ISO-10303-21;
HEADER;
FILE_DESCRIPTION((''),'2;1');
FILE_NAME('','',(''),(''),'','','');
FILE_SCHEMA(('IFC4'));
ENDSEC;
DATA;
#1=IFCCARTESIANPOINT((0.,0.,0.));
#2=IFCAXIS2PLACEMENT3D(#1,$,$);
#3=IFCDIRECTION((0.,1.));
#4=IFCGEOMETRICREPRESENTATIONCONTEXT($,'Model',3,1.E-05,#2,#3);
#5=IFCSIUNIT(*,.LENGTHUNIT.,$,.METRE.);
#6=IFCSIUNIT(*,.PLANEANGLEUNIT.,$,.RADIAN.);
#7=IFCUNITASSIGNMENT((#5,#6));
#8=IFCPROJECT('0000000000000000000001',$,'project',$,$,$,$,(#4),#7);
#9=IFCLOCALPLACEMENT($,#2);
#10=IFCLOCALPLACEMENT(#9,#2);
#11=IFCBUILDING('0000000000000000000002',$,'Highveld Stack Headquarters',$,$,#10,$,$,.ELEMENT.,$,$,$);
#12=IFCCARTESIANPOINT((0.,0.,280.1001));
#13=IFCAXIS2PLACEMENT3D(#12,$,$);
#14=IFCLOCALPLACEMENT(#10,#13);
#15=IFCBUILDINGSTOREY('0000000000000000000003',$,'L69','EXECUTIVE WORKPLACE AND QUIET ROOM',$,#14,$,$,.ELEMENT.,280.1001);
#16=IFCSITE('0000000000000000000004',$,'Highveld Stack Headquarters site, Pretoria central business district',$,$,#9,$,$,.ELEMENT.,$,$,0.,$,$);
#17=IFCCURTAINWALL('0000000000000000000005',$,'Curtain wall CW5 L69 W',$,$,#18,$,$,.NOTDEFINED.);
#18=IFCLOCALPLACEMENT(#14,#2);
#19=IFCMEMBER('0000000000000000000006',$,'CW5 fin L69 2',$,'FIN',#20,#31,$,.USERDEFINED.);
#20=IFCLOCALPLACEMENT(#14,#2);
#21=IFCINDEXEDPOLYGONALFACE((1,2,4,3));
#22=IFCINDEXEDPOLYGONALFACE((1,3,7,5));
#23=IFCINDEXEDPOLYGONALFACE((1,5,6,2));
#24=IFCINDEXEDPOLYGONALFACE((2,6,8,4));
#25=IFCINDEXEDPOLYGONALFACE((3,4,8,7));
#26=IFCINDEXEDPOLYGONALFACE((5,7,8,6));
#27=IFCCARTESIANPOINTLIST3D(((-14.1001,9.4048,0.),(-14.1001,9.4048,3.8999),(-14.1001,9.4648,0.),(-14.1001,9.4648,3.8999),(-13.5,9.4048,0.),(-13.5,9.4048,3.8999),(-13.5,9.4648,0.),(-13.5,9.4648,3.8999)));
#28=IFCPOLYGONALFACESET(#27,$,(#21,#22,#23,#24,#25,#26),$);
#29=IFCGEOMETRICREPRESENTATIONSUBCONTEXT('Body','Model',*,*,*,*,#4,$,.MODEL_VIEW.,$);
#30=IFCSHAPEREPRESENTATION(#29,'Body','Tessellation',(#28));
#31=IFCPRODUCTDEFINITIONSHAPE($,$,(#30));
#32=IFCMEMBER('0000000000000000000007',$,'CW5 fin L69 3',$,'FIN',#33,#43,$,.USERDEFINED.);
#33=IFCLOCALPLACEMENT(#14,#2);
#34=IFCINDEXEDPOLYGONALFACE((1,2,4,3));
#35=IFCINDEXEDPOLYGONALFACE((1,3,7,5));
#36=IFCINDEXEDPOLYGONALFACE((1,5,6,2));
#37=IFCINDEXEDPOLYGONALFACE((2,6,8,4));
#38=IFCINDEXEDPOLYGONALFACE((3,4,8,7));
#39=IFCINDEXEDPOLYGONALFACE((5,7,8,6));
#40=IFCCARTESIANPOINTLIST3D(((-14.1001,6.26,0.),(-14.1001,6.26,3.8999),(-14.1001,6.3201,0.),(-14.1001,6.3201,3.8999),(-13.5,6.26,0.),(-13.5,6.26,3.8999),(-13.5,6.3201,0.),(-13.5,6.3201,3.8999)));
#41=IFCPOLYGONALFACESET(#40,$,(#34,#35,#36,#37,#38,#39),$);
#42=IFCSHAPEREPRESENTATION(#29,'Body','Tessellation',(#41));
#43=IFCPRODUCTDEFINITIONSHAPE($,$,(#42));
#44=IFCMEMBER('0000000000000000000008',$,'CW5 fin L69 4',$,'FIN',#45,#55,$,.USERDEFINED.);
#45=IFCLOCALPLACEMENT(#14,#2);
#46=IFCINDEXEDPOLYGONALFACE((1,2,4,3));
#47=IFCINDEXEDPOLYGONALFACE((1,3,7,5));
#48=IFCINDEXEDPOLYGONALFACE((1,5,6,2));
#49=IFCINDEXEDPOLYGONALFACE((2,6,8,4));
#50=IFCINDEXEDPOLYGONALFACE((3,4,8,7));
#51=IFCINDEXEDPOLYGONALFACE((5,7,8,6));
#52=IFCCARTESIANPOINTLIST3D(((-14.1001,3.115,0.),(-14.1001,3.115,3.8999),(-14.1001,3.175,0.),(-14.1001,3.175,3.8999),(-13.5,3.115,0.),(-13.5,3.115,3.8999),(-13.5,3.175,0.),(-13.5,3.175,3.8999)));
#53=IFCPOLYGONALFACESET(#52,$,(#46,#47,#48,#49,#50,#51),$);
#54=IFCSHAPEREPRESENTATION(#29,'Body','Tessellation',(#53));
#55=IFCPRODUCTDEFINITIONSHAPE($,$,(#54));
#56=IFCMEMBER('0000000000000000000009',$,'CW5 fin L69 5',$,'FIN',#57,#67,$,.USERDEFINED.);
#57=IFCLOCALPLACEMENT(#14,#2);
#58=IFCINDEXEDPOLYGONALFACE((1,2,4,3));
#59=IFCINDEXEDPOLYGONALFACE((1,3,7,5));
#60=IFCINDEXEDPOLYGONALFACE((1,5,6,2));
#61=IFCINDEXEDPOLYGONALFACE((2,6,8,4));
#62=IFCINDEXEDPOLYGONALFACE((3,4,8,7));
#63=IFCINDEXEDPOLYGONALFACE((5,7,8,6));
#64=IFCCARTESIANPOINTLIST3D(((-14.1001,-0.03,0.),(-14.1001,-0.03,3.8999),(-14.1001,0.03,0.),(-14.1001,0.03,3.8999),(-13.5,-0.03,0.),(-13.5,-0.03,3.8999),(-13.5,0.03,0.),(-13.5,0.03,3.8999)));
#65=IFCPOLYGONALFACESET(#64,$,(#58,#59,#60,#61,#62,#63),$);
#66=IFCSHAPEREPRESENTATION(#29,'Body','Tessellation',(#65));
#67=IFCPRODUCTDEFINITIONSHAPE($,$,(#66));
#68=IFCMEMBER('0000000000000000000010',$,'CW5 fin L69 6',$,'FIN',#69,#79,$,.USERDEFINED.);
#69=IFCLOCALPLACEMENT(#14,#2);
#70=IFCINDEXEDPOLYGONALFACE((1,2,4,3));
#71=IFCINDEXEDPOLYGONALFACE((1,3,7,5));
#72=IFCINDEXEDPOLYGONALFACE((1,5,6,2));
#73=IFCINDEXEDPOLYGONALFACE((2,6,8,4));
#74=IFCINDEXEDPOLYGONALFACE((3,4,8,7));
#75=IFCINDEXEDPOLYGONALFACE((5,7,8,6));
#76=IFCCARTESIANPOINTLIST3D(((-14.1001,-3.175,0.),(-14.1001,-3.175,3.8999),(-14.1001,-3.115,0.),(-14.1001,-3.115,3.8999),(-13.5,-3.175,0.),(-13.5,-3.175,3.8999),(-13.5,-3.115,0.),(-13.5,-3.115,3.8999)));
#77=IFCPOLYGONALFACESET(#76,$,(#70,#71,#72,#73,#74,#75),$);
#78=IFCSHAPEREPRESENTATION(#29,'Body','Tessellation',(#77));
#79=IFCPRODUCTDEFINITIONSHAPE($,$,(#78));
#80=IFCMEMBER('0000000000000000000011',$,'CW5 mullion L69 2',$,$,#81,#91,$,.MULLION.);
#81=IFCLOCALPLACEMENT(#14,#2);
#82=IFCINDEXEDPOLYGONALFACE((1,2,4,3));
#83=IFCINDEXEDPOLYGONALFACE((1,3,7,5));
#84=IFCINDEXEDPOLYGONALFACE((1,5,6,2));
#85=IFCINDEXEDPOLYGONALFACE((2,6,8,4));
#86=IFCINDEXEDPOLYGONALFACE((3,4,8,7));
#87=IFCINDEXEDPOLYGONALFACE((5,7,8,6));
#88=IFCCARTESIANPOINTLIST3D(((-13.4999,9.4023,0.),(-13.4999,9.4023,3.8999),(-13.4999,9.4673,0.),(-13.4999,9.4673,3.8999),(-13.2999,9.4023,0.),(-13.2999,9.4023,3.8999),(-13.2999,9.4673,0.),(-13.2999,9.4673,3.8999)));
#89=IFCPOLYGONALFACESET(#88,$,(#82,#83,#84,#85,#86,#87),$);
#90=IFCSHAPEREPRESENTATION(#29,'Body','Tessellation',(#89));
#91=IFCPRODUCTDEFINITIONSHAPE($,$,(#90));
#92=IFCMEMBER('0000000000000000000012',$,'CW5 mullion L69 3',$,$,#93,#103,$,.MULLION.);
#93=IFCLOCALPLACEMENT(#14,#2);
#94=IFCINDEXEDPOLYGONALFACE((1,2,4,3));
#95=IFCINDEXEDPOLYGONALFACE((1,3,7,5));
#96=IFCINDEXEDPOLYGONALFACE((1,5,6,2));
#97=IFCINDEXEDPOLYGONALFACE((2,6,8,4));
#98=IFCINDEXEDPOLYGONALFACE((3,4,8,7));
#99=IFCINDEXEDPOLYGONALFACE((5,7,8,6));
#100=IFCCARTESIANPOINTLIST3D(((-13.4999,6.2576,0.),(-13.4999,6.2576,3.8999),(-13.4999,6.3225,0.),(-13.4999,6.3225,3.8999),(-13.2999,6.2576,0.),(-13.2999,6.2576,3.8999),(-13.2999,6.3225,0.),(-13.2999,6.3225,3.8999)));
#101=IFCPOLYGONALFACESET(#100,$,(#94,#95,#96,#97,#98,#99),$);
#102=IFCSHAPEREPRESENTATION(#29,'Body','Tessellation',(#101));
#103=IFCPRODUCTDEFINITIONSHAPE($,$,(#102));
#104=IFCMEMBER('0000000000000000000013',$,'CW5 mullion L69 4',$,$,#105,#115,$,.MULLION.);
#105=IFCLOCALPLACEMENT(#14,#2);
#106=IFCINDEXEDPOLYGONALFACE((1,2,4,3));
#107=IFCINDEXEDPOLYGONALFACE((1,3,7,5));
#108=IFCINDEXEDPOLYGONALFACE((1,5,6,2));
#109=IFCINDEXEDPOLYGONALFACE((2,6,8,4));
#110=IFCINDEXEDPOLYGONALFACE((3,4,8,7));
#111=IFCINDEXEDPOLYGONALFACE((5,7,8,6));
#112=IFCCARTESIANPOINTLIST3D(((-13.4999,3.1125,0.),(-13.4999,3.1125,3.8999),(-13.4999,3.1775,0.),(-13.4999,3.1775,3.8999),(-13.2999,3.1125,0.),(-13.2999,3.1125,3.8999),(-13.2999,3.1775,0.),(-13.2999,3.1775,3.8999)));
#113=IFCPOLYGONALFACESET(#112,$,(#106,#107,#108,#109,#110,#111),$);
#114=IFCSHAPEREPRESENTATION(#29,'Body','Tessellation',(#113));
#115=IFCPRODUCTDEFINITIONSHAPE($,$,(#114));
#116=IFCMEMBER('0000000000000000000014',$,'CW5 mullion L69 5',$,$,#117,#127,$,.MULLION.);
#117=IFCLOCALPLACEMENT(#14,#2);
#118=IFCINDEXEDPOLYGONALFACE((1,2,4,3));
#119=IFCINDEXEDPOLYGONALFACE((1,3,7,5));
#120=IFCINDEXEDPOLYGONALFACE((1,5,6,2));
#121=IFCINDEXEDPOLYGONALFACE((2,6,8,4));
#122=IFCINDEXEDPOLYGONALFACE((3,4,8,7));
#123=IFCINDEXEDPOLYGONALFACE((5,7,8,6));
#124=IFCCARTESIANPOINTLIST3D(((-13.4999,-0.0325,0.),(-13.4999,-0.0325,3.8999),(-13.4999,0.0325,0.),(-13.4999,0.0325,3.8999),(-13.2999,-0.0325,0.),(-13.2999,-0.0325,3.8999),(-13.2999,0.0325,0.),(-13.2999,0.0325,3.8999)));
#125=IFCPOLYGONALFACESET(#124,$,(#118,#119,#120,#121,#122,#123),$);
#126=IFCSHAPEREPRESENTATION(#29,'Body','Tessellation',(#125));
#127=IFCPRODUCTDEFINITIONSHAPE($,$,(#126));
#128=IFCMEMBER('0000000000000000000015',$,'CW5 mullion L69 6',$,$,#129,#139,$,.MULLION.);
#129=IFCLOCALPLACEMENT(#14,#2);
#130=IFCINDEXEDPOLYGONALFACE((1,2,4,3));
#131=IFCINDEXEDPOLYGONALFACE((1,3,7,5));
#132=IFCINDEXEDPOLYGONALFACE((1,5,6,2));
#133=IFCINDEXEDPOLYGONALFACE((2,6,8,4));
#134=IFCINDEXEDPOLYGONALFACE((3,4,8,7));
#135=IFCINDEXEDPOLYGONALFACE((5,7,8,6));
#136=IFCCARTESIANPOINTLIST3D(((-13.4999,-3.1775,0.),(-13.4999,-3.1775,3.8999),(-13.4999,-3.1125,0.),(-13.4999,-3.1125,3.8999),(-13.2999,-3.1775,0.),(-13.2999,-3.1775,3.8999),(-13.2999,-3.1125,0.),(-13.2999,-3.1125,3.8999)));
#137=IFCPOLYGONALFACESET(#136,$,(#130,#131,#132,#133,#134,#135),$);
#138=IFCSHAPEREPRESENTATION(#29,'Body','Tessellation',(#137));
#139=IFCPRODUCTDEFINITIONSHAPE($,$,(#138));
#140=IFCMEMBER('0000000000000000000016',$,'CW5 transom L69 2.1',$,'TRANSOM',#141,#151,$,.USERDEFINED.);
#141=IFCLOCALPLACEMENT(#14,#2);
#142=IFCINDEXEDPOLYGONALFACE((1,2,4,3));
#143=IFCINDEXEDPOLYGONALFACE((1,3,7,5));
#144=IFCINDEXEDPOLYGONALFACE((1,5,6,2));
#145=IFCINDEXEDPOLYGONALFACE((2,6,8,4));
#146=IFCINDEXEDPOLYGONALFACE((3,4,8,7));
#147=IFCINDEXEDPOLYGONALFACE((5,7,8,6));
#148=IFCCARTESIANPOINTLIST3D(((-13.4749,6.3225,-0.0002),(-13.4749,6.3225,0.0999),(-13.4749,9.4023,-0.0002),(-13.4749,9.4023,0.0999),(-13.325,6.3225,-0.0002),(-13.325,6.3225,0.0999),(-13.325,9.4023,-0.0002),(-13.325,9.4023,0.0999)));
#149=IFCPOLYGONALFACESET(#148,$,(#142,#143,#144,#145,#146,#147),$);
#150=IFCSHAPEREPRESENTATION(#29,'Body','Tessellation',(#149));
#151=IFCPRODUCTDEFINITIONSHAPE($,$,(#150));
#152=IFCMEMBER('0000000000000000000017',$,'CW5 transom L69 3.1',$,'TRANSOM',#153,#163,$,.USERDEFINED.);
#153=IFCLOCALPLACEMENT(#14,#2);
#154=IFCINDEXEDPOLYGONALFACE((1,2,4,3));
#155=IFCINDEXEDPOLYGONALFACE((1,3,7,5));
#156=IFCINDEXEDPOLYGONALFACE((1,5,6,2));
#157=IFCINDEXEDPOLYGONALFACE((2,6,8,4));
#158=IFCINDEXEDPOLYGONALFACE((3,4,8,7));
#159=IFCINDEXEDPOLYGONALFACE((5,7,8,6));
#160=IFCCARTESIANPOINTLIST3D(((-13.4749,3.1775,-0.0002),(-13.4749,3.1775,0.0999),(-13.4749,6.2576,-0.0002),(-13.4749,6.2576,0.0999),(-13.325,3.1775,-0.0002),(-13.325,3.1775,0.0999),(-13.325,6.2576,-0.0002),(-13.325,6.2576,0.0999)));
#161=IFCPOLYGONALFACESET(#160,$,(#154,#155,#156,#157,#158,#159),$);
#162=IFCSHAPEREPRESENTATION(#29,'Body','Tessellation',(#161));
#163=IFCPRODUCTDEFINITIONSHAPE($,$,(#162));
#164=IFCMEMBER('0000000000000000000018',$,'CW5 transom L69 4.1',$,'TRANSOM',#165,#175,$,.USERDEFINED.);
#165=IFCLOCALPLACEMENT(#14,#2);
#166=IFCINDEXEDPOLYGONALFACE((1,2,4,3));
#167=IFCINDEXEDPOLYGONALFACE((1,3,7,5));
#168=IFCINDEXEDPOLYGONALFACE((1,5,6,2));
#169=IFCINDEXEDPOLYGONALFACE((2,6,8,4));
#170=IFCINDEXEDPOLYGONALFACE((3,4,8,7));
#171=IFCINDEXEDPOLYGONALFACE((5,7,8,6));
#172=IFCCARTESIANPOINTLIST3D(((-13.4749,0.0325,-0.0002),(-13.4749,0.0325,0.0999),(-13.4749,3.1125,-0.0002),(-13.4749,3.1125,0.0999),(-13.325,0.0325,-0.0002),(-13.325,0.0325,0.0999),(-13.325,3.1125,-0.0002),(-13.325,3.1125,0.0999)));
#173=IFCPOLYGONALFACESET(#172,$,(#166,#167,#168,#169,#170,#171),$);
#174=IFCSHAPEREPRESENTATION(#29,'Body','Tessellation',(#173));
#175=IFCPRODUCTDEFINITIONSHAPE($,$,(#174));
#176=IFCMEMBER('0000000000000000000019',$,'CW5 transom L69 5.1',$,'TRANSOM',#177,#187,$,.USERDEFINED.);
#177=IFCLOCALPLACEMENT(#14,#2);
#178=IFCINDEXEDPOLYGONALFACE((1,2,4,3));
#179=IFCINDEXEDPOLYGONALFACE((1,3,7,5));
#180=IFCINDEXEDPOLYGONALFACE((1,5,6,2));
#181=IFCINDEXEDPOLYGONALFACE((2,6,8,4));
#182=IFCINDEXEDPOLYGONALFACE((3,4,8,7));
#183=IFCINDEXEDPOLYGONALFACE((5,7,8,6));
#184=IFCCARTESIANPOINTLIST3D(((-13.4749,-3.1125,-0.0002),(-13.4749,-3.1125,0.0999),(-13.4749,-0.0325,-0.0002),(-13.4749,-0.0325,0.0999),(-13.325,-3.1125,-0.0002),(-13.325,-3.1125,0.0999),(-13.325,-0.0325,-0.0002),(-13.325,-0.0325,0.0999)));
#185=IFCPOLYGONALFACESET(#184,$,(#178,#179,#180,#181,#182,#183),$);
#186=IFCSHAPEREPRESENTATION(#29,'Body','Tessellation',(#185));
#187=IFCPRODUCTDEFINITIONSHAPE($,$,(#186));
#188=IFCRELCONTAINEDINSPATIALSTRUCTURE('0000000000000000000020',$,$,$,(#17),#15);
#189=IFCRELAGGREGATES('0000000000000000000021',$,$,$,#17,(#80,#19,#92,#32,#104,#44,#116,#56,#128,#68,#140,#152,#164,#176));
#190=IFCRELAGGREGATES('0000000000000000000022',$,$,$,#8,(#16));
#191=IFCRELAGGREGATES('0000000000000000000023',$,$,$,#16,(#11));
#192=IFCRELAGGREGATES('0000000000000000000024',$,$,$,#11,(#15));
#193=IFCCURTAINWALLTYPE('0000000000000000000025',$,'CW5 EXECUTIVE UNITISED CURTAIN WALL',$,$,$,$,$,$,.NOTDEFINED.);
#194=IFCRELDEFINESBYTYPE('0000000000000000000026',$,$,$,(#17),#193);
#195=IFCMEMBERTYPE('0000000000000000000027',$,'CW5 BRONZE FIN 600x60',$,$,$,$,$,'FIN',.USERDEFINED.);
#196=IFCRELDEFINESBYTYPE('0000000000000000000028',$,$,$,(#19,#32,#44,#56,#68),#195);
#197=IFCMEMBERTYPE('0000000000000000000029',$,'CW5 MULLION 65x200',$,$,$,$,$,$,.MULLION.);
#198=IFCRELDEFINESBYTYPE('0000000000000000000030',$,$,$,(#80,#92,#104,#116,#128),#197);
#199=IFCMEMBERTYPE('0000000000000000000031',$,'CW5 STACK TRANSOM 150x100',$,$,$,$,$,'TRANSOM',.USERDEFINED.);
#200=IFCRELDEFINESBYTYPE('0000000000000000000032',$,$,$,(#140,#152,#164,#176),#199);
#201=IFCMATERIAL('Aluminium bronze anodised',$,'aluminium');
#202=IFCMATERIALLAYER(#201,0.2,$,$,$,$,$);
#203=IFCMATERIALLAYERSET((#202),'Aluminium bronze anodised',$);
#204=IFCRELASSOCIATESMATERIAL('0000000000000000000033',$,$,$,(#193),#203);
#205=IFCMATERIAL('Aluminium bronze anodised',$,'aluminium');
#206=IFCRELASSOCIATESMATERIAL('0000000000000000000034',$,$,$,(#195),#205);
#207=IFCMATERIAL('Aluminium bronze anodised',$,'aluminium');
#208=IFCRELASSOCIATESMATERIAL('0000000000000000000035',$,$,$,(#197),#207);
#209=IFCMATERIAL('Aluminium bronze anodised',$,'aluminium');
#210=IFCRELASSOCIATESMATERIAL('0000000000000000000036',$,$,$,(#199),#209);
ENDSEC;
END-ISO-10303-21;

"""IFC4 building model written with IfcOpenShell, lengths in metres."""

from ifc_helpers import new_model, si_unit, direction, frame, origin, origin_2d, place, context, subcontext, project, spatial, rectangle, extrude, material, layer, layer_set, material_profile, profile_set, type_object, element, aggregate, save


model = new_model("IFC4")

# Units and contexts
model_context = context("Model", 3, precision=1e-05, world=origin(), true_north=direction((0.0, 1.0)))
body_context = subcontext(model_context, "Body", "Model", "MODEL_VIEW")
ifc_project = project(units=[si_unit("LENGTHUNIT", "METRE"), si_unit("PLANEANGLEUNIT", "RADIAN")], contexts=[model_context])

# Site, building, storey
site_placement = place(None, origin())
site = spatial("IfcSite", under=ifc_project, at=site_placement, Name="Highveld Stack Headquarters site, Pretoria central business district", CompositionType="ELEMENT", RefElevation=0.0)
building_placement = place(site_placement, origin())
building = spatial("IfcBuilding", under=site, at=building_placement, Name="Highveld Stack Headquarters", CompositionType="ELEMENT")
storey_placement = place(building_placement, frame((0.0, 0.0, 280.1001)))
storey = spatial("IfcBuildingStorey", under=building, at=storey_placement, Name="L69", Description="EXECUTIVE WORKPLACE AND QUIET ROOM", CompositionType="ELEMENT", Elevation=280.1001)

# Curtain wall, members
ifc_material_1 = material(Name="Aluminium bronze anodised", Category="aluminium")
ifc_layer_1 = layer(ifc_material_1, 0.2)
ifc_layer_set_1 = layer_set([ifc_layer_1], Name="Aluminium bronze anodised")
curtain_wall_type = type_object("IfcCurtainWallType", Name="CW5 EXECUTIVE UNITISED CURTAIN WALL", PredefinedType="NOTDEFINED", material=ifc_layer_set_1)
curtain_wall_placement = place(storey_placement, origin())
curtain_wall = element("IfcCurtainWall", 1, at=curtain_wall_placement, inside=storey, type_object=curtain_wall_type, Name="Curtain wall CW5 L69 W", PredefinedType="NOTDEFINED")
ifc_material_2 = material(Name="Aluminium bronze anodised", Category="aluminium")
ifc_material_profile_1 = material_profile(ifc_material_2, rectangle(XDim=0.6001, YDim=0.0601, at=origin_2d()), Name="FIN 600x60")
ifc_profile_set_1 = profile_set([ifc_material_profile_1], Name="Aluminium bronze anodised")
member_type_1 = type_object("IfcMemberType", Name="CW5 BRONZE FIN 600x60", ElementType="FIN", PredefinedType="USERDEFINED", material=ifc_profile_set_1)
member_1_placement = place(storey_placement, frame((-13.8, 9.4348, 0.0), z_axis=(0.0, 0.0, 1.0), x_axis=(1.0, 0.0, 0.0)))
member_1 = element("IfcMember", 2, at=member_1_placement, type_object=member_type_1, Name="CW5 fin L69 2", ObjectType="FIN", PredefinedType="USERDEFINED", context=body_context, shape_type="SweptSolid", body=[
    extrude(rectangle(XDim=0.6001, YDim=0.0601, at=origin_2d()), origin(), (0.0, 0.0, 1.0), 3.8999),
])
member_2_placement = place(storey_placement, frame((-13.8, 6.29, 0.0), z_axis=(0.0, 0.0, 1.0), x_axis=(1.0, 0.0, 0.0)))
member_2 = element("IfcMember", 3, at=member_2_placement, type_object=member_type_1, Name="CW5 fin L69 3", ObjectType="FIN", PredefinedType="USERDEFINED", context=body_context, shape_type="SweptSolid", body=[
    extrude(rectangle(XDim=0.6001, YDim=0.0601, at=origin_2d()), origin(), (0.0, 0.0, 1.0), 3.8999),
])
member_3_placement = place(storey_placement, frame((-13.8, 3.145, 0.0), z_axis=(0.0, 0.0, 1.0), x_axis=(1.0, 0.0, 0.0)))
member_3 = element("IfcMember", 4, at=member_3_placement, type_object=member_type_1, Name="CW5 fin L69 4", ObjectType="FIN", PredefinedType="USERDEFINED", context=body_context, shape_type="SweptSolid", body=[
    extrude(rectangle(XDim=0.6001, YDim=0.0601, at=origin_2d()), origin(), (0.0, 0.0, 1.0), 3.8999),
])
member_4_placement = place(storey_placement, frame((-13.8, 0.0, 0.0), z_axis=(0.0, 0.0, 1.0), x_axis=(1.0, 0.0, 0.0)))
member_4 = element("IfcMember", 5, at=member_4_placement, type_object=member_type_1, Name="CW5 fin L69 5", ObjectType="FIN", PredefinedType="USERDEFINED", context=body_context, shape_type="SweptSolid", body=[
    extrude(rectangle(XDim=0.6001, YDim=0.0601, at=origin_2d()), origin(), (0.0, 0.0, 1.0), 3.8999),
])
member_5_placement = place(storey_placement, frame((-13.8, -3.145, 0.0), z_axis=(0.0, 0.0, 1.0), x_axis=(1.0, 0.0, 0.0)))
member_5 = element("IfcMember", 6, at=member_5_placement, type_object=member_type_1, Name="CW5 fin L69 6", ObjectType="FIN", PredefinedType="USERDEFINED", context=body_context, shape_type="SweptSolid", body=[
    extrude(rectangle(XDim=0.6001, YDim=0.0601, at=origin_2d()), origin(), (0.0, 0.0, 1.0), 3.8999),
])
ifc_material_3 = material(Name="Aluminium bronze anodised", Category="aluminium")
ifc_material_profile_2 = material_profile(ifc_material_3, rectangle(XDim=0.2, YDim=0.0649, at=origin_2d()), Name="CW5 MULLION 65x200")
ifc_profile_set_2 = profile_set([ifc_material_profile_2], Name="Aluminium bronze anodised")
member_type_2 = type_object("IfcMemberType", Name="CW5 MULLION 65x200", PredefinedType="MULLION", material=ifc_profile_set_2)
member_6_placement = place(storey_placement, frame((-13.3999, 9.4348, 0.0), z_axis=(0.0, 0.0, 1.0), x_axis=(1.0, 0.0, 0.0)))
member_6 = element("IfcMember", 7, at=member_6_placement, type_object=member_type_2, Name="CW5 mullion L69 2", PredefinedType="MULLION", context=body_context, shape_type="SweptSolid", body=[
    extrude(rectangle(XDim=0.2, YDim=0.0649, at=origin_2d()), origin(), (0.0, 0.0, 1.0), 3.8999),
])
member_7_placement = place(storey_placement, frame((-13.3999, 6.29, 0.0), z_axis=(0.0, 0.0, 1.0), x_axis=(1.0, 0.0, 0.0)))
member_7 = element("IfcMember", 8, at=member_7_placement, type_object=member_type_2, Name="CW5 mullion L69 3", PredefinedType="MULLION", context=body_context, shape_type="SweptSolid", body=[
    extrude(rectangle(XDim=0.2, YDim=0.0649, at=origin_2d()), origin(), (0.0, 0.0, 1.0), 3.8999),
])
member_8_placement = place(storey_placement, frame((-13.3999, 3.145, 0.0), z_axis=(0.0, 0.0, 1.0), x_axis=(1.0, 0.0, 0.0)))
member_8 = element("IfcMember", 9, at=member_8_placement, type_object=member_type_2, Name="CW5 mullion L69 4", PredefinedType="MULLION", context=body_context, shape_type="SweptSolid", body=[
    extrude(rectangle(XDim=0.2, YDim=0.0649, at=origin_2d()), origin(), (0.0, 0.0, 1.0), 3.8999),
])
member_9_placement = place(storey_placement, frame((-13.3999, 0.0, 0.0), z_axis=(0.0, 0.0, 1.0), x_axis=(1.0, 0.0, 0.0)))
member_9 = element("IfcMember", 10, at=member_9_placement, type_object=member_type_2, Name="CW5 mullion L69 5", PredefinedType="MULLION", context=body_context, shape_type="SweptSolid", body=[
    extrude(rectangle(XDim=0.2, YDim=0.0649, at=origin_2d()), origin(), (0.0, 0.0, 1.0), 3.8999),
])
member_10_placement = place(storey_placement, frame((-13.3999, -3.145, 0.0), z_axis=(0.0, 0.0, 1.0), x_axis=(1.0, 0.0, 0.0)))
member_10 = element("IfcMember", 11, at=member_10_placement, type_object=member_type_2, Name="CW5 mullion L69 6", PredefinedType="MULLION", context=body_context, shape_type="SweptSolid", body=[
    extrude(rectangle(XDim=0.2, YDim=0.0649, at=origin_2d()), origin(), (0.0, 0.0, 1.0), 3.8999),
])
ifc_material_4 = material(Name="Aluminium bronze anodised", Category="aluminium")
ifc_material_profile_3 = material_profile(ifc_material_4, rectangle(XDim=0.1499, YDim=0.1001, at=origin_2d()), Name="CW5 TRANSOM 150x100")
ifc_profile_set_3 = profile_set([ifc_material_profile_3], Name="Aluminium bronze anodised")
member_type_3 = type_object("IfcMemberType", Name="CW5 STACK TRANSOM 150x100", ElementType="TRANSOM", PredefinedType="USERDEFINED", material=ifc_profile_set_3)
member_11_placement = place(storey_placement, frame((-13.3999, 9.4023, 0.0498), z_axis=(0.0, -1.0, 0.0), x_axis=(1.0, 0.0, 0.0)))
member_11 = element("IfcMember", 12, at=member_11_placement, type_object=member_type_3, Name="CW5 transom L69 2.1", ObjectType="TRANSOM", PredefinedType="USERDEFINED", context=body_context, shape_type="SweptSolid", body=[
    extrude(rectangle(XDim=0.1499, YDim=0.1001, at=origin_2d()), origin(), (0.0, 0.0, 1.0), 3.0798),
])
member_12_placement = place(storey_placement, frame((-13.3999, 6.2576, 0.0498), z_axis=(0.0, -1.0, 0.0), x_axis=(1.0, 0.0, 0.0)))
member_12 = element("IfcMember", 13, at=member_12_placement, type_object=member_type_3, Name="CW5 transom L69 3.1", ObjectType="TRANSOM", PredefinedType="USERDEFINED", context=body_context, shape_type="SweptSolid", body=[
    extrude(rectangle(XDim=0.1499, YDim=0.1001, at=origin_2d()), origin(), (0.0, 0.0, 1.0), 3.0801),
])
member_13_placement = place(storey_placement, frame((-13.3999, 3.1125, 0.0498), z_axis=(0.0, -1.0, 0.0), x_axis=(1.0, 0.0, 0.0)))
member_13 = element("IfcMember", 14, at=member_13_placement, type_object=member_type_3, Name="CW5 transom L69 4.1", ObjectType="TRANSOM", PredefinedType="USERDEFINED", context=body_context, shape_type="SweptSolid", body=[
    extrude(rectangle(XDim=0.1499, YDim=0.1001, at=origin_2d()), origin(), (0.0, 0.0, 1.0), 3.0801),
])
member_14_placement = place(storey_placement, frame((-13.3999, -0.0325, 0.0498), z_axis=(0.0, -1.0, 0.0), x_axis=(1.0, 0.0, 0.0)))
member_14 = element("IfcMember", 15, at=member_14_placement, type_object=member_type_3, Name="CW5 transom L69 5.1", ObjectType="TRANSOM", PredefinedType="USERDEFINED", context=body_context, shape_type="SweptSolid", body=[
    extrude(rectangle(XDim=0.1499, YDim=0.1001, at=origin_2d()), origin(), (0.0, 0.0, 1.0), 3.0801),
])
aggregate(curtain_wall, [member_6, member_1, member_7, member_2, member_8, member_3, member_9, member_4, member_10, member_5, member_11, member_12, member_13, member_14])

save(model, "model.ifc")
